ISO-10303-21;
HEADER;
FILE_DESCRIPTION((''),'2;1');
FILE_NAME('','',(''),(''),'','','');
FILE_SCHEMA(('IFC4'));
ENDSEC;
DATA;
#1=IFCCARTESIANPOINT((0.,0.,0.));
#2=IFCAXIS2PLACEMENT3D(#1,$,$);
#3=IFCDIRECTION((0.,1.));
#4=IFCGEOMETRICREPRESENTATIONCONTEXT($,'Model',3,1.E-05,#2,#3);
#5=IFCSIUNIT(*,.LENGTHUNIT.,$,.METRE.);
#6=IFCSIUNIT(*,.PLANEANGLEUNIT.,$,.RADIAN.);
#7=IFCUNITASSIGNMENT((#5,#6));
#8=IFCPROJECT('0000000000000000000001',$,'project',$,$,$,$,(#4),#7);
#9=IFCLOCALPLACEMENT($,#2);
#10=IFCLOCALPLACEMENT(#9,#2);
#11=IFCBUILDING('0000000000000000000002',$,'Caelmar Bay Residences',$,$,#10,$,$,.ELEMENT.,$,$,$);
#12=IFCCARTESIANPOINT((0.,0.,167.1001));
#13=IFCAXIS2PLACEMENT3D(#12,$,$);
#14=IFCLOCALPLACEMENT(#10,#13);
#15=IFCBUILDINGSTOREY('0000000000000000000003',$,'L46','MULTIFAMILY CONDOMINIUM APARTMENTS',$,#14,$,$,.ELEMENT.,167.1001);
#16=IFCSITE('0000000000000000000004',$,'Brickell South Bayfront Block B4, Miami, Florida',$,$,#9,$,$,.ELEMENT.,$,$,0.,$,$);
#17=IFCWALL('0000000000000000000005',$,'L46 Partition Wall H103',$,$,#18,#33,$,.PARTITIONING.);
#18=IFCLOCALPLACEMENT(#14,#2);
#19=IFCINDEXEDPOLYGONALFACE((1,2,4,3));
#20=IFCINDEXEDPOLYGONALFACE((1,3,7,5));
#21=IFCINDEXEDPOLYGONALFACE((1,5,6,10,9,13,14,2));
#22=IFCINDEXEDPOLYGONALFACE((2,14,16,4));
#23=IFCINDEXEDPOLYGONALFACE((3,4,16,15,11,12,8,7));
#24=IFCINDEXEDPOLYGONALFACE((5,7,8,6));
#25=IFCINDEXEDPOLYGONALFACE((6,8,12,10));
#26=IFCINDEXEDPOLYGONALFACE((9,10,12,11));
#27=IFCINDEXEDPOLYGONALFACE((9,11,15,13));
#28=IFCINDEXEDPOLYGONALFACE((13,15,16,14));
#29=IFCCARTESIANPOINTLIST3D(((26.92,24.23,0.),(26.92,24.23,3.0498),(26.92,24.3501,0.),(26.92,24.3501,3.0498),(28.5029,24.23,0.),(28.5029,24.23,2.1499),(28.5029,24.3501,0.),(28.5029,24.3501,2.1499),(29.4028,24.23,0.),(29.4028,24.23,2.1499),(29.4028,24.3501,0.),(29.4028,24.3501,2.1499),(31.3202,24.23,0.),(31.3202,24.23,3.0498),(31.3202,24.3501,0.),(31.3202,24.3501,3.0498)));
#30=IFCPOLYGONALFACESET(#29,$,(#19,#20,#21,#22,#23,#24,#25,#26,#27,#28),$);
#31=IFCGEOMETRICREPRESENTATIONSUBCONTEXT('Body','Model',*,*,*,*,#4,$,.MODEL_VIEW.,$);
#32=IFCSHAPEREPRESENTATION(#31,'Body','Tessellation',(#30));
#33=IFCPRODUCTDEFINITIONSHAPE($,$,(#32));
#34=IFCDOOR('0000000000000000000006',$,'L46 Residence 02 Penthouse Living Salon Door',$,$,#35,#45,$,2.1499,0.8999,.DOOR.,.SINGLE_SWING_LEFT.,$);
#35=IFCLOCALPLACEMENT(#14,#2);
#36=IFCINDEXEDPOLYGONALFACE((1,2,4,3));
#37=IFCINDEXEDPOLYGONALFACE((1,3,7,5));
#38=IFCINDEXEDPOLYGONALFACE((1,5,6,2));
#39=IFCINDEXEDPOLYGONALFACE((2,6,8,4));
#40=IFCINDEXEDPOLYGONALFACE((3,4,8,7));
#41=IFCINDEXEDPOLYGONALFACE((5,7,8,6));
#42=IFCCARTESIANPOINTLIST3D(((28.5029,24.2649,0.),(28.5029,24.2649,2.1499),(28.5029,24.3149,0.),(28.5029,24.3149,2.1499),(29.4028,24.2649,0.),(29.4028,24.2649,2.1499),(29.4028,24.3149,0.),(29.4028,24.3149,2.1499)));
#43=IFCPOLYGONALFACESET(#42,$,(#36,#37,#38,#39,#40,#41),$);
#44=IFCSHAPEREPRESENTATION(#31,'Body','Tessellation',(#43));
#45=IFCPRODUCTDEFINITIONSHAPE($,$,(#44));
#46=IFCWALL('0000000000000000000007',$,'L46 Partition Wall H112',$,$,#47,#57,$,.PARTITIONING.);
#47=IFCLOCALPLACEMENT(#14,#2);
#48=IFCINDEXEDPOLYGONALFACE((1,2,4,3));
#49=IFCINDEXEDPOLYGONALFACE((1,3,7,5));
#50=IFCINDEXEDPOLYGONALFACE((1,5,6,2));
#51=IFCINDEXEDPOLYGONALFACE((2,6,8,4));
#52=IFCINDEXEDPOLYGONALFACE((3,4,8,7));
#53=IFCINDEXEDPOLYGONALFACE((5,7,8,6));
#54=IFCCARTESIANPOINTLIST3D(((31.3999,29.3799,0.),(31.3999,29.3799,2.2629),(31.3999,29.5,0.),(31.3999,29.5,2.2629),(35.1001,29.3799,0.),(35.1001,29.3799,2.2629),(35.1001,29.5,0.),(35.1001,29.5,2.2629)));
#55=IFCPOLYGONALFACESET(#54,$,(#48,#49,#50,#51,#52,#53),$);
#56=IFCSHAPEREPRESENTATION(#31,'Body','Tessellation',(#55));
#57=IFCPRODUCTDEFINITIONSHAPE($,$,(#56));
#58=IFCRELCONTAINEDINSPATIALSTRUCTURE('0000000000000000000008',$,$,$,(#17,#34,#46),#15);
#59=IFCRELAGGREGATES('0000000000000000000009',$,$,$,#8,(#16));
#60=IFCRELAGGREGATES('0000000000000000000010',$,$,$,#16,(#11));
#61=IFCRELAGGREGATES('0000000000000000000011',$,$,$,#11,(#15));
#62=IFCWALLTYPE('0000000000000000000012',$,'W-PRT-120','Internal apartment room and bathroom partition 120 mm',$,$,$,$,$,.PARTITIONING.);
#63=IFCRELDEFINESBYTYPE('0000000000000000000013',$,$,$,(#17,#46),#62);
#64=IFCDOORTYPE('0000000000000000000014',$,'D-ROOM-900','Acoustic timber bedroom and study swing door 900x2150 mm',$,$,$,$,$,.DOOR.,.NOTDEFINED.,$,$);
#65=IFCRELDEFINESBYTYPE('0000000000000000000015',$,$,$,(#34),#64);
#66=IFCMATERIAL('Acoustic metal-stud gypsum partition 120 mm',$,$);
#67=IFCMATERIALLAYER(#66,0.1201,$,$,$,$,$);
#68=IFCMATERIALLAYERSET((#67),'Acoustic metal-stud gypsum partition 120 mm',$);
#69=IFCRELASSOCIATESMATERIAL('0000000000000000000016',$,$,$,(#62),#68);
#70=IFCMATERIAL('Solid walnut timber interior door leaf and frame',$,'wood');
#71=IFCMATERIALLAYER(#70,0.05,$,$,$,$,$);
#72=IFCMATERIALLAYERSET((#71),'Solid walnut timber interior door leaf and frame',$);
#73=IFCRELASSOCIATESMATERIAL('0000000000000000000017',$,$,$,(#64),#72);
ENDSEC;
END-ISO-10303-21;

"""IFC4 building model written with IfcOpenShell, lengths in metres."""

from ifc_helpers import new_model, si_unit, direction, frame, frame_2d, origin, place, context, subcontext, project, spatial, rectangle, extrude, material, layer, layer_set, type_object, element, fill, save


model = new_model("IFC4")

# Units and contexts
model_context = context("Model", 3, precision=1e-05, world=origin(), true_north=direction((0.0, 1.0)))
body_context = subcontext(model_context, "Body", "Model", "MODEL_VIEW")
ifc_project = project(units=[si_unit("LENGTHUNIT", "METRE"), si_unit("PLANEANGLEUNIT", "RADIAN")], contexts=[model_context])

# Site, building, storey
site_placement = place(None, origin())
site = spatial("IfcSite", under=ifc_project, at=site_placement, Name="Brickell South Bayfront Block B4, Miami, Florida", CompositionType="ELEMENT", RefElevation=0.0)
building_placement = place(site_placement, origin())
building = spatial("IfcBuilding", under=site, at=building_placement, Name="Caelmar Bay Residences", CompositionType="ELEMENT")
storey_placement = place(building_placement, frame((0.0, 0.0, 167.1001)))
storey = spatial("IfcBuildingStorey", under=building, at=storey_placement, Name="L46", Description="MULTIFAMILY CONDOMINIUM APARTMENTS", CompositionType="ELEMENT", Elevation=167.1001)

# Shared definitions
ifc_material_1 = material(Name="Acoustic metal-stud gypsum partition 120 mm")
ifc_layer_1 = layer(ifc_material_1, 0.1201)
ifc_layer_set_1 = layer_set([ifc_layer_1], Name="Acoustic metal-stud gypsum partition 120 mm")
wall_type_1 = type_object("IfcWallType", Name="W-PRT-120", Description="Internal apartment room and bathroom partition 120 mm", PredefinedType="PARTITIONING", material=ifc_layer_set_1)
ifc_material_2 = material(Name="Solid walnut timber interior door leaf and frame", Category="wood")
ifc_layer_2 = layer(ifc_material_2, 0.05)
ifc_layer_set_2 = layer_set([ifc_layer_2], Name="Solid walnut timber interior door leaf and frame")
door_type_1 = type_object("IfcDoorType", Name="D-ROOM-900", Description="Acoustic timber bedroom and study swing door 900x2150 mm", OperationType="NOTDEFINED", PredefinedType="DOOR", material=ifc_layer_set_2)

# Wall, opening, door
wall_1_placement = place(storey_placement, frame((26.9199, 24.29, 0.0), z_axis=(0.0, 0.0, 1.0), x_axis=(1.0, 0.0, 0.0)))
wall_1 = element("IfcWall", 1, at=wall_1_placement, inside=storey, type_object=wall_type_1, Name="L46 Partition Wall H103", PredefinedType="PARTITIONING", context=body_context, shape_type="SweptSolid", body=[
    extrude(rectangle(XDim=4.4001, YDim=0.1201, at=frame_2d((2.2002, 0.0))), origin(), (0.0, 0.0, 1.0), 3.0498),
])
opening_1_placement = place(wall_1_placement, frame((1.583, 0.0, 0.0)))
opening_1 = element("IfcOpeningElement", 2, at=opening_1_placement, cuts=wall_1, PredefinedType="OPENING", context=body_context, shape_type="SweptSolid", body=[
    extrude(rectangle(XDim=0.8999, YDim=2.1499, at=frame_2d((0.45, 1.075))), frame((0.0, 0.0701, 0.0), z_axis=(0.0, -1.0, 0.0), x_axis=(1.0, 0.0, 0.0)), (0.0, 0.0, 1.0), 0.1401),
])
door_1_placement = place(opening_1_placement, origin())
door_1 = element("IfcDoor", 3, at=door_1_placement, inside=storey, type_object=door_type_1, Name="L46 Residence 02 Penthouse Living Salon Door", OperationType="SINGLE_SWING_LEFT", OverallHeight=2.1499, OverallWidth=0.8999, PredefinedType="DOOR", context=body_context, shape_type="SweptSolid", body=[
    extrude(rectangle(XDim=0.8999, YDim=2.1499, at=frame_2d((0.45, 1.075))), frame((0.0, 0.0249, 0.0), z_axis=(0.0, -1.0, 0.0), x_axis=(1.0, 0.0, 0.0)), (0.0, 0.0, 1.0), 0.05),
])
fill(opening_1, door_1)

# Wall
wall_2_placement = place(storey_placement, frame((31.3999, 29.4399, 0.0), z_axis=(0.0, 0.0, 1.0), x_axis=(1.0, 0.0, 0.0)))
element("IfcWall", 4, at=wall_2_placement, inside=storey, type_object=wall_type_1, Name="L46 Partition Wall H112", PredefinedType="PARTITIONING", context=body_context, shape_type="SweptSolid", body=[
    extrude(rectangle(XDim=3.7002, YDim=0.1201, at=frame_2d((1.8501, 0.0))), origin(), (0.0, 0.0, 1.0), 2.2629),
])

save(model, "model.ifc")
